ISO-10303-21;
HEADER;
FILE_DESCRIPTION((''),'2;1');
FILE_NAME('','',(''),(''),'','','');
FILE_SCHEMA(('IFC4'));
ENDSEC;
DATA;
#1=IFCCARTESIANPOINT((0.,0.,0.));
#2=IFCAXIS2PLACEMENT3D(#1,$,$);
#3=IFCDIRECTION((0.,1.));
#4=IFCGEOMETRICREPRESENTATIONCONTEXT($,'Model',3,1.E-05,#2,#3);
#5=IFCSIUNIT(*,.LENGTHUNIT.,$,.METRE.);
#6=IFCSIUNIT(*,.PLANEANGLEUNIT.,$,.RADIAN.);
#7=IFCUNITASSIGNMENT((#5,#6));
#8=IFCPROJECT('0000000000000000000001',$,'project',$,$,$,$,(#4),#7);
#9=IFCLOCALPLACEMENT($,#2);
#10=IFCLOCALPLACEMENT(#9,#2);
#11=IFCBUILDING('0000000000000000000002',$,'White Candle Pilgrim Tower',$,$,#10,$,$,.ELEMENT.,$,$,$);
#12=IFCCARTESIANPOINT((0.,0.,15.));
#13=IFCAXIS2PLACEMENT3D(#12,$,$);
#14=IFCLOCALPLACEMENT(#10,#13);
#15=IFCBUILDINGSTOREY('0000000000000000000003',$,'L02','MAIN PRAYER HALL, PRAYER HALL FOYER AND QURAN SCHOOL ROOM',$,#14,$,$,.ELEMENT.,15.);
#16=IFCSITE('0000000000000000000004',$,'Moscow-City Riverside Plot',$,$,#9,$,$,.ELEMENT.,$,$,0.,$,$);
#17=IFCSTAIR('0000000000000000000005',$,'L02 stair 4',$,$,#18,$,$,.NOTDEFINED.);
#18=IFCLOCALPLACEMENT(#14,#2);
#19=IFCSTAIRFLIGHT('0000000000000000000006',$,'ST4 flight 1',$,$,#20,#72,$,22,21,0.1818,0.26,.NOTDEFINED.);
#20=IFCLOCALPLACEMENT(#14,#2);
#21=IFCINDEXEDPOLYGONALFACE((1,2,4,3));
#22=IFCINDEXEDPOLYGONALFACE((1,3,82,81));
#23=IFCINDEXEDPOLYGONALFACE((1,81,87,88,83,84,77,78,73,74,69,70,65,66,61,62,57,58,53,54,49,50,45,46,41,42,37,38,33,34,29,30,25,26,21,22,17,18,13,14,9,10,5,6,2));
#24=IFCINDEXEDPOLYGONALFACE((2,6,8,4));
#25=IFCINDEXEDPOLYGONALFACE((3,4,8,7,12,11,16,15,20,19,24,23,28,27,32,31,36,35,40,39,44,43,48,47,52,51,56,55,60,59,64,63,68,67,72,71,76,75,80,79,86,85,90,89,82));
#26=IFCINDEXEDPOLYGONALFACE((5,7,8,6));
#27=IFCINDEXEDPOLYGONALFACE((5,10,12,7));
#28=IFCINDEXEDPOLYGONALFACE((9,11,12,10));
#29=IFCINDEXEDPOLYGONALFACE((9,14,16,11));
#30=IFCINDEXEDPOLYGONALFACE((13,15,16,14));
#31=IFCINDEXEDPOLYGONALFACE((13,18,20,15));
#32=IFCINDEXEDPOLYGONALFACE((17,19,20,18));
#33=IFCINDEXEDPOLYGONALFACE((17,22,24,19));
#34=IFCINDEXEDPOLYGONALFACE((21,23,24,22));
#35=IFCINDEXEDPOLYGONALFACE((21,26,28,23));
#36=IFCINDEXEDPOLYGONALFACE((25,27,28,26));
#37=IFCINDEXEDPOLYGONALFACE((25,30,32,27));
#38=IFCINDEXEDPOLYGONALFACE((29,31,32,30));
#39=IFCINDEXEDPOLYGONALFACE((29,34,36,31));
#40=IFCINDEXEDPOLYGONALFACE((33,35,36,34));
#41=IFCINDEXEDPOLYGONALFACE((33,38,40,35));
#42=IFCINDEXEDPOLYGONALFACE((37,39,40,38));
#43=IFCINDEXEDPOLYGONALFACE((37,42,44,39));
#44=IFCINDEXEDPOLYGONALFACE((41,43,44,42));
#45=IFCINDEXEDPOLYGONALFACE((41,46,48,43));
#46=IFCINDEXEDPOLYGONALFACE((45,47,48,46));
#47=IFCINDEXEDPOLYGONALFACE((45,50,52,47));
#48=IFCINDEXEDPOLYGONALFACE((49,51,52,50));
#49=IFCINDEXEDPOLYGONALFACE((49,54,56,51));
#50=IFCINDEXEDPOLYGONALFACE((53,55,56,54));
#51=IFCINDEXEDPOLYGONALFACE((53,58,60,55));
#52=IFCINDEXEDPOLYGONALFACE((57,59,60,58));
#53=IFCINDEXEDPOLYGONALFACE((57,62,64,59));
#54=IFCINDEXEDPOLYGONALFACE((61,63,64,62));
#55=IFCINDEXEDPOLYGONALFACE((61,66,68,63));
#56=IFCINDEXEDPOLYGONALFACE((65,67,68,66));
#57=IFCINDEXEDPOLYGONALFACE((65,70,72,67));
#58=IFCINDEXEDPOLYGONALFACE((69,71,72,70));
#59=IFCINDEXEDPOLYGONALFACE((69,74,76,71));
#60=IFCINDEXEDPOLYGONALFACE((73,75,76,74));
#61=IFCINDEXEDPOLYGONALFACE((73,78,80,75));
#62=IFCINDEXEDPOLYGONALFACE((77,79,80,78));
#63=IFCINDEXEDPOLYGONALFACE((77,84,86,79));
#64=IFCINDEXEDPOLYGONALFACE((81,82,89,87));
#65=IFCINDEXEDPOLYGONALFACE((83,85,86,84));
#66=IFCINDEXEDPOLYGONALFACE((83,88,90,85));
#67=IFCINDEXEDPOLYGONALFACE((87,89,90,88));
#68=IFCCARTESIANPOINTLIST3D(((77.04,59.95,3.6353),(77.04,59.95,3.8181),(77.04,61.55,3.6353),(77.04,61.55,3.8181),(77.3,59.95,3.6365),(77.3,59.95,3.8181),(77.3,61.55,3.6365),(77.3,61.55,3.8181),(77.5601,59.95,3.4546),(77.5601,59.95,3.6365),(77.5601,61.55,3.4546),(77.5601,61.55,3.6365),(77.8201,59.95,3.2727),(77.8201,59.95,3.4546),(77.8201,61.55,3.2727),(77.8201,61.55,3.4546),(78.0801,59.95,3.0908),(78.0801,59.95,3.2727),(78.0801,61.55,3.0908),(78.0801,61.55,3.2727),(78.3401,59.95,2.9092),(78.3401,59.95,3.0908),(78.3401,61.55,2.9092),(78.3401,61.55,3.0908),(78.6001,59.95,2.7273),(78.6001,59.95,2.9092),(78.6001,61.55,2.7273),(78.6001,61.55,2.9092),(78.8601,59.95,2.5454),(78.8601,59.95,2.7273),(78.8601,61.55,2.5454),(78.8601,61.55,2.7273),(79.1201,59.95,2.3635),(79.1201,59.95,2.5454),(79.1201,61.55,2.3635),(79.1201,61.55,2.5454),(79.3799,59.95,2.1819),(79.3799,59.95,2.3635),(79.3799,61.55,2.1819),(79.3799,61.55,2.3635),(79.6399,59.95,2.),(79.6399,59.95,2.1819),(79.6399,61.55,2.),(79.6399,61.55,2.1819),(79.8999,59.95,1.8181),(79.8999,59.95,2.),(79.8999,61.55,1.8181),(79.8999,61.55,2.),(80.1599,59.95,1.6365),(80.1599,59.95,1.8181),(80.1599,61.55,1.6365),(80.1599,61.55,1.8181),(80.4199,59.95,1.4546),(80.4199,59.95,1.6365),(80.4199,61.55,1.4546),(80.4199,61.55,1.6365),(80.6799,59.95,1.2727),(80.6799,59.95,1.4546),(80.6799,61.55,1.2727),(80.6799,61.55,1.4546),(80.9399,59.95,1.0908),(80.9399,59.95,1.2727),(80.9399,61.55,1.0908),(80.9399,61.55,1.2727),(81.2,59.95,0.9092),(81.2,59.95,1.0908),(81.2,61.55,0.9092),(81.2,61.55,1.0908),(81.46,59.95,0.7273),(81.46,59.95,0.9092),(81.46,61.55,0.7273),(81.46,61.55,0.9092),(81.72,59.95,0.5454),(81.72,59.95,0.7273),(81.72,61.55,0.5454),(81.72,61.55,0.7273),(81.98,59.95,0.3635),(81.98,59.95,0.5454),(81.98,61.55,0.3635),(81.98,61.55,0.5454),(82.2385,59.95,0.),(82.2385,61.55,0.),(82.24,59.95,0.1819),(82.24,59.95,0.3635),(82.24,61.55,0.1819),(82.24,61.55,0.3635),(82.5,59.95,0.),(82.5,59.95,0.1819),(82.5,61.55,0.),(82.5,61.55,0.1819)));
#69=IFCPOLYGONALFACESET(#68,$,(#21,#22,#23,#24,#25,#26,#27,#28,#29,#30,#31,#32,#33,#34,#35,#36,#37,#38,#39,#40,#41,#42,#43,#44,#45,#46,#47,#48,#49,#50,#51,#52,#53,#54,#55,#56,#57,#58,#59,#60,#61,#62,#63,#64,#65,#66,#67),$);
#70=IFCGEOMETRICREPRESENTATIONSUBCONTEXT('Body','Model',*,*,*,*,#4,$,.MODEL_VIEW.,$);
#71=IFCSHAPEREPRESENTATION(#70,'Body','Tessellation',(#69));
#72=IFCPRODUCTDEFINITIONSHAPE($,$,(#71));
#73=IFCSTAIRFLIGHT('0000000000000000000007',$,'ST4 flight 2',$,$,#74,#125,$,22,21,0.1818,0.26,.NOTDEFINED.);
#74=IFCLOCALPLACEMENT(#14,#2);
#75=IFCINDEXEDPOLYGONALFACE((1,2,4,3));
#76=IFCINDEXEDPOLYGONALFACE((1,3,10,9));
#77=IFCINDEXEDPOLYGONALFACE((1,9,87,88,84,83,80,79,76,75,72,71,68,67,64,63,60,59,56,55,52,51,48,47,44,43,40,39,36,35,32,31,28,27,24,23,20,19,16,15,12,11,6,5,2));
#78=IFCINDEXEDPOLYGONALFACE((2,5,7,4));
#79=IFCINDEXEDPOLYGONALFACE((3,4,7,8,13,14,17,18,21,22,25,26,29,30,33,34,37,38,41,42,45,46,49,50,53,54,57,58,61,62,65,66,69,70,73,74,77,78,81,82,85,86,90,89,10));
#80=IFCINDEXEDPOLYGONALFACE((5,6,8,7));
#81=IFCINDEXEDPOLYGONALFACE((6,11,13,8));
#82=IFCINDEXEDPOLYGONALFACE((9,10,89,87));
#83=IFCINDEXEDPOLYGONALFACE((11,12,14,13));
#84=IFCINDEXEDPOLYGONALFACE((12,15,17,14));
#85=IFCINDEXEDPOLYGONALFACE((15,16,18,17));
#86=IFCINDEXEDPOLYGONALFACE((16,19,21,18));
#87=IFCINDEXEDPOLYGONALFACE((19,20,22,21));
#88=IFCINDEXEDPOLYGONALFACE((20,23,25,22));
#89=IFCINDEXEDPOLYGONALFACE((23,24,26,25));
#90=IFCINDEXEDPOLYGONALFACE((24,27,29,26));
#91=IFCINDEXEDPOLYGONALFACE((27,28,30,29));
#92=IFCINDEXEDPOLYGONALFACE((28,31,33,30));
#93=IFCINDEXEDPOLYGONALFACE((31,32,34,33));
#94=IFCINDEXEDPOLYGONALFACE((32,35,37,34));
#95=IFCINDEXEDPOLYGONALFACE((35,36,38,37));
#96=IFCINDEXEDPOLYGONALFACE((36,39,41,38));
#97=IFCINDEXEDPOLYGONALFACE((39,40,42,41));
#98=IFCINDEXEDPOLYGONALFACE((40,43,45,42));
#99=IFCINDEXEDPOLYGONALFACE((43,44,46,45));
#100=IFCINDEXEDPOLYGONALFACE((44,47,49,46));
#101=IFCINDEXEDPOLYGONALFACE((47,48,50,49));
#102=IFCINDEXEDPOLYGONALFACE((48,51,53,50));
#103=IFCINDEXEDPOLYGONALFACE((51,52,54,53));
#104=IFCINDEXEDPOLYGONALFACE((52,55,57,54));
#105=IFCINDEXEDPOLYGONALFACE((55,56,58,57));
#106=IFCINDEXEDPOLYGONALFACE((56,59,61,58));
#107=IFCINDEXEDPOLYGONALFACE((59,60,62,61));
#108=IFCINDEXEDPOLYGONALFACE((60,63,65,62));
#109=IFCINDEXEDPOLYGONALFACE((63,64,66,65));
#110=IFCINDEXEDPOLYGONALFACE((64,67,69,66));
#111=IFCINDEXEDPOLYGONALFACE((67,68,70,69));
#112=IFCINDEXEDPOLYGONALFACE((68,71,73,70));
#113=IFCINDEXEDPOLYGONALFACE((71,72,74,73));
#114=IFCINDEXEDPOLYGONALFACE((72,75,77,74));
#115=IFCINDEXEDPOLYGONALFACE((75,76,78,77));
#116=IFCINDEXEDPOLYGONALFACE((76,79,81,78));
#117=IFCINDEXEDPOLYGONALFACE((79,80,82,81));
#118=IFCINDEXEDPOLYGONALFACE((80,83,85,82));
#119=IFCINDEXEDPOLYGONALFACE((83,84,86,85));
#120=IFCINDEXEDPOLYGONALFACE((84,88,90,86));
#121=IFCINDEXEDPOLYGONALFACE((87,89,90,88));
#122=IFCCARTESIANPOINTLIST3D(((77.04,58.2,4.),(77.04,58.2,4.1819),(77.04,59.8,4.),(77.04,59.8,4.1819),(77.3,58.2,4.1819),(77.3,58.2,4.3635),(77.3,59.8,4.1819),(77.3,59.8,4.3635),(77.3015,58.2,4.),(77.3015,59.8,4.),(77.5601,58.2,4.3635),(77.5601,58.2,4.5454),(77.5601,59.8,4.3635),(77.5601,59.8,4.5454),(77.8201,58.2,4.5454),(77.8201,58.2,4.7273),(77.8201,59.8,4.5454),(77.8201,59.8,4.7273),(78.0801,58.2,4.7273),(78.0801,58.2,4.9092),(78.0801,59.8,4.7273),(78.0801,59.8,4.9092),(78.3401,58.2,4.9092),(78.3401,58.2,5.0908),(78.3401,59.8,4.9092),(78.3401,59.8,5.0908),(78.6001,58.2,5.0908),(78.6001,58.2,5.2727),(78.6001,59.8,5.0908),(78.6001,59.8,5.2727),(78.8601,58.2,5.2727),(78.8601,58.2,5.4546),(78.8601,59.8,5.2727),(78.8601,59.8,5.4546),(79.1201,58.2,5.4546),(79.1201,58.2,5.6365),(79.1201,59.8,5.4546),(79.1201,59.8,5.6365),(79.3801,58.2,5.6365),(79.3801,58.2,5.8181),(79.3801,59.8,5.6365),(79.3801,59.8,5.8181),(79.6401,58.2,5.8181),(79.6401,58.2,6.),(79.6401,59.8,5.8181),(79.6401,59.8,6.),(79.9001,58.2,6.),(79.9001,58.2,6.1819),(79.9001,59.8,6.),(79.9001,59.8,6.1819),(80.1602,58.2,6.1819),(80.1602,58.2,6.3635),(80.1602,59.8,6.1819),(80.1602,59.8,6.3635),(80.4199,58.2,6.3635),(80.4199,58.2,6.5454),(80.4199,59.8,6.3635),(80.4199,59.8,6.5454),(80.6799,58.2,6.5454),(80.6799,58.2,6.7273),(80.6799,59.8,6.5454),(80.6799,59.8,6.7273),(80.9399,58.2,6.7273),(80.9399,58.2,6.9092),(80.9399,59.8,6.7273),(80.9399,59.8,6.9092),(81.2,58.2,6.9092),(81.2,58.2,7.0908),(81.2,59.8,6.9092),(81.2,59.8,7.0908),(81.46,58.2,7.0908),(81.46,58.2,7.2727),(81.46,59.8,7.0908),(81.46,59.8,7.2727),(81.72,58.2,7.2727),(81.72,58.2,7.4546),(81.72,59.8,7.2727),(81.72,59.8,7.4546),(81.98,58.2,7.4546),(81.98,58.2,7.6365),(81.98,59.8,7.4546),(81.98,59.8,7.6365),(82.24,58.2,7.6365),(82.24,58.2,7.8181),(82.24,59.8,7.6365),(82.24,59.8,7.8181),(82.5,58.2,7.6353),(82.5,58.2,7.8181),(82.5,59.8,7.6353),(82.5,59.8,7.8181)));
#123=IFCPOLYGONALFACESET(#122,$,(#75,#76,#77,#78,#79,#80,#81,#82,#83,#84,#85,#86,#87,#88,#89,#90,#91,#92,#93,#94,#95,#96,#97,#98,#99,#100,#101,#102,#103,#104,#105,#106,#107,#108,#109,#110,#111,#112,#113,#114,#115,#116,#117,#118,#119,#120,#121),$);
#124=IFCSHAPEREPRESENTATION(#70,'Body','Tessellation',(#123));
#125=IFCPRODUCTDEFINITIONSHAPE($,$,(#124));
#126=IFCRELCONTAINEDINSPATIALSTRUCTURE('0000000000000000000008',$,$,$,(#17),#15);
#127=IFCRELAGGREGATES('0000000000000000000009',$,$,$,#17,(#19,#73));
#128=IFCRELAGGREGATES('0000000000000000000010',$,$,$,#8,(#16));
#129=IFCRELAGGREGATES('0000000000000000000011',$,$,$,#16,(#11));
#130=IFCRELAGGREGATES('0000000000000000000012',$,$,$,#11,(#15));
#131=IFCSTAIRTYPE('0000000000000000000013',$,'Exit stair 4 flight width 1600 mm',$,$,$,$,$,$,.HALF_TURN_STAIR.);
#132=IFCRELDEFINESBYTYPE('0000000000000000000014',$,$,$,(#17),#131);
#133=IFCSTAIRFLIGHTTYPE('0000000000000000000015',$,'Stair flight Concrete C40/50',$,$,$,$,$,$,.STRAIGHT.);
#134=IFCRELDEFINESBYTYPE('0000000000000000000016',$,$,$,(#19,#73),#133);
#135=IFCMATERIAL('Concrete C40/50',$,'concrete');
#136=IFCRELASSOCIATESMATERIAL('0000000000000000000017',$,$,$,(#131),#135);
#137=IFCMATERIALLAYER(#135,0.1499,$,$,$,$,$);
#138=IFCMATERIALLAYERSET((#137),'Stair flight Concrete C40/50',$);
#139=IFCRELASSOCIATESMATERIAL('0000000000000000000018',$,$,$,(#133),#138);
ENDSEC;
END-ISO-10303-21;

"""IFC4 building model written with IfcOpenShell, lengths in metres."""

from ifc_helpers import new_model, si_unit, direction, frame, origin, place, context, subcontext, project, spatial, polyline, outline, extrude, material, layer, layer_set, type_object, element, aggregate, save


model = new_model("IFC4")

# Units and contexts
model_context = context("Model", 3, precision=1e-05, world=origin(), true_north=direction((0.0, 1.0)))
body_context = subcontext(model_context, "Body", "Model", "MODEL_VIEW")
ifc_project = project(units=[si_unit("LENGTHUNIT", "METRE"), si_unit("PLANEANGLEUNIT", "RADIAN")], contexts=[model_context])

# Site, building, storey
site_placement = place(None, origin())
site = spatial("IfcSite", under=ifc_project, at=site_placement, Name="Moscow-City Riverside Plot", CompositionType="ELEMENT", RefElevation=0.0)
building_placement = place(site_placement, origin())
building = spatial("IfcBuilding", under=site, at=building_placement, Name="White Candle Pilgrim Tower", CompositionType="ELEMENT")
storey_placement = place(building_placement, frame((0.0, 0.0, 15.0)))
storey = spatial("IfcBuildingStorey", under=building, at=storey_placement, Name="L02", Description="MAIN PRAYER HALL, PRAYER HALL FOYER AND QURAN SCHOOL ROOM", CompositionType="ELEMENT", Elevation=15.0)

# Stair, stair flights
ifc_material_1 = material(Name="Concrete C40/50", Category="concrete")
stair_type = type_object("IfcStairType", Name="Exit stair 4 flight width 1600 mm", PredefinedType="HALF_TURN_STAIR", material=ifc_material_1)
stair_placement = place(storey_placement, origin())
stair = element("IfcStair", 1, at=stair_placement, inside=storey, type_object=stair_type, Name="L02 stair 4", PredefinedType="NOTDEFINED")
ifc_layer_1 = layer(ifc_material_1, 0.1499)
ifc_layer_set_1 = layer_set([ifc_layer_1], Name="Stair flight Concrete C40/50")
stair_flight_type = type_object("IfcStairFlightType", Name="Stair flight Concrete C40/50", PredefinedType="STRAIGHT", material=ifc_layer_set_1)
stair_flight_1_placement = place(storey_placement, frame((82.5, 60.75, 0.0), z_axis=(0.0, 0.0, 1.0), x_axis=(-1.0, 0.0, 0.0)))
stair_flight_1 = element("IfcStairFlight", 2, at=stair_flight_1_placement, type_object=stair_flight_type, Name="ST4 flight 1", NumberOfRisers=22, NumberOfTreads=21, PredefinedType="NOTDEFINED", RiserHeight=0.1818, TreadLength=0.26, context=body_context, shape_type="SweptSolid", body=[
    extrude(outline(polyline([(0.0, 0.0), (0.0, 0.1819), (0.26, 0.1819), (0.26, 0.3635), (0.52, 0.3635), (0.52, 0.5454), (0.78, 0.5454), (0.78, 0.7273), (1.04, 0.7273), (1.04, 0.9092), (1.3, 0.9092), (1.3, 1.0908), (1.5601, 1.0908), (1.5601, 1.2727), (1.8201, 1.2727), (1.8201, 1.4546), (2.0801, 1.4546), (2.0801, 1.6365), (2.3401, 1.6365), (2.3401, 1.8181), (2.6001, 1.8181), (2.6001, 2.0), (2.8601, 2.0), (2.8601, 2.1819), (3.1201, 2.1819), (3.1201, 2.3635), (3.3799, 2.3635), (3.3799, 2.5454), (3.6399, 2.5454), (3.6399, 2.7273), (3.8999, 2.7273), (3.8999, 2.9092), (4.1599, 2.9092), (4.1599, 3.0908), (4.4199, 3.0908), (4.4199, 3.2727), (4.6799, 3.2727), (4.6799, 3.4546), (4.9399, 3.4546), (4.9399, 3.6365), (5.2, 3.6365), (5.2, 3.8181), (5.46, 3.8181), (5.46, 4.0), (5.46, 3.6353), (0.2615, 0.0), (0.0, 0.0)])), frame((0.0, 0.8, 0.0), z_axis=(0.0, -1.0, 0.0), x_axis=(1.0, 0.0, 0.0)), (0.0, 0.0, 1.0), 1.6001),
])
stair_flight_2_placement = place(storey_placement, frame((77.04, 59.0, 4.0), z_axis=(0.0, 0.0, 1.0), x_axis=(1.0, 0.0, 0.0)))
stair_flight_2 = element("IfcStairFlight", 3, at=stair_flight_2_placement, type_object=stair_flight_type, Name="ST4 flight 2", NumberOfRisers=22, NumberOfTreads=21, PredefinedType="NOTDEFINED", RiserHeight=0.1818, TreadLength=0.26, context=body_context, shape_type="SweptSolid", body=[
    extrude(outline(polyline([(0.0, 0.0), (0.0, 0.1819), (0.26, 0.1819), (0.26, 0.3635), (0.52, 0.3635), (0.52, 0.5454), (0.78, 0.5454), (0.78, 0.7273), (1.04, 0.7273), (1.04, 0.9092), (1.3, 0.9092), (1.3, 1.0908), (1.5601, 1.0908), (1.5601, 1.2727), (1.8201, 1.2727), (1.8201, 1.4546), (2.0801, 1.4546), (2.0801, 1.6365), (2.3401, 1.6365), (2.3401, 1.8181), (2.6001, 1.8181), (2.6001, 2.0), (2.8601, 2.0), (2.8601, 2.1819), (3.1201, 2.1819), (3.1201, 2.3635), (3.3799, 2.3635), (3.3799, 2.5454), (3.6399, 2.5454), (3.6399, 2.7273), (3.8999, 2.7273), (3.8999, 2.9092), (4.1599, 2.9092), (4.1599, 3.0908), (4.4199, 3.0908), (4.4199, 3.2727), (4.6799, 3.2727), (4.6799, 3.4546), (4.9399, 3.4546), (4.9399, 3.6365), (5.2, 3.6365), (5.2, 3.8181), (5.46, 3.8181), (5.46, 4.0), (5.46, 3.6353), (0.2615, 0.0), (0.0, 0.0)])), frame((0.0, 0.8, 0.0), z_axis=(0.0, -1.0, 0.0), x_axis=(1.0, 0.0, 0.0)), (0.0, 0.0, 1.0), 1.6001),
])
aggregate(stair, [stair_flight_1, stair_flight_2])

save(model, "model.ifc")
